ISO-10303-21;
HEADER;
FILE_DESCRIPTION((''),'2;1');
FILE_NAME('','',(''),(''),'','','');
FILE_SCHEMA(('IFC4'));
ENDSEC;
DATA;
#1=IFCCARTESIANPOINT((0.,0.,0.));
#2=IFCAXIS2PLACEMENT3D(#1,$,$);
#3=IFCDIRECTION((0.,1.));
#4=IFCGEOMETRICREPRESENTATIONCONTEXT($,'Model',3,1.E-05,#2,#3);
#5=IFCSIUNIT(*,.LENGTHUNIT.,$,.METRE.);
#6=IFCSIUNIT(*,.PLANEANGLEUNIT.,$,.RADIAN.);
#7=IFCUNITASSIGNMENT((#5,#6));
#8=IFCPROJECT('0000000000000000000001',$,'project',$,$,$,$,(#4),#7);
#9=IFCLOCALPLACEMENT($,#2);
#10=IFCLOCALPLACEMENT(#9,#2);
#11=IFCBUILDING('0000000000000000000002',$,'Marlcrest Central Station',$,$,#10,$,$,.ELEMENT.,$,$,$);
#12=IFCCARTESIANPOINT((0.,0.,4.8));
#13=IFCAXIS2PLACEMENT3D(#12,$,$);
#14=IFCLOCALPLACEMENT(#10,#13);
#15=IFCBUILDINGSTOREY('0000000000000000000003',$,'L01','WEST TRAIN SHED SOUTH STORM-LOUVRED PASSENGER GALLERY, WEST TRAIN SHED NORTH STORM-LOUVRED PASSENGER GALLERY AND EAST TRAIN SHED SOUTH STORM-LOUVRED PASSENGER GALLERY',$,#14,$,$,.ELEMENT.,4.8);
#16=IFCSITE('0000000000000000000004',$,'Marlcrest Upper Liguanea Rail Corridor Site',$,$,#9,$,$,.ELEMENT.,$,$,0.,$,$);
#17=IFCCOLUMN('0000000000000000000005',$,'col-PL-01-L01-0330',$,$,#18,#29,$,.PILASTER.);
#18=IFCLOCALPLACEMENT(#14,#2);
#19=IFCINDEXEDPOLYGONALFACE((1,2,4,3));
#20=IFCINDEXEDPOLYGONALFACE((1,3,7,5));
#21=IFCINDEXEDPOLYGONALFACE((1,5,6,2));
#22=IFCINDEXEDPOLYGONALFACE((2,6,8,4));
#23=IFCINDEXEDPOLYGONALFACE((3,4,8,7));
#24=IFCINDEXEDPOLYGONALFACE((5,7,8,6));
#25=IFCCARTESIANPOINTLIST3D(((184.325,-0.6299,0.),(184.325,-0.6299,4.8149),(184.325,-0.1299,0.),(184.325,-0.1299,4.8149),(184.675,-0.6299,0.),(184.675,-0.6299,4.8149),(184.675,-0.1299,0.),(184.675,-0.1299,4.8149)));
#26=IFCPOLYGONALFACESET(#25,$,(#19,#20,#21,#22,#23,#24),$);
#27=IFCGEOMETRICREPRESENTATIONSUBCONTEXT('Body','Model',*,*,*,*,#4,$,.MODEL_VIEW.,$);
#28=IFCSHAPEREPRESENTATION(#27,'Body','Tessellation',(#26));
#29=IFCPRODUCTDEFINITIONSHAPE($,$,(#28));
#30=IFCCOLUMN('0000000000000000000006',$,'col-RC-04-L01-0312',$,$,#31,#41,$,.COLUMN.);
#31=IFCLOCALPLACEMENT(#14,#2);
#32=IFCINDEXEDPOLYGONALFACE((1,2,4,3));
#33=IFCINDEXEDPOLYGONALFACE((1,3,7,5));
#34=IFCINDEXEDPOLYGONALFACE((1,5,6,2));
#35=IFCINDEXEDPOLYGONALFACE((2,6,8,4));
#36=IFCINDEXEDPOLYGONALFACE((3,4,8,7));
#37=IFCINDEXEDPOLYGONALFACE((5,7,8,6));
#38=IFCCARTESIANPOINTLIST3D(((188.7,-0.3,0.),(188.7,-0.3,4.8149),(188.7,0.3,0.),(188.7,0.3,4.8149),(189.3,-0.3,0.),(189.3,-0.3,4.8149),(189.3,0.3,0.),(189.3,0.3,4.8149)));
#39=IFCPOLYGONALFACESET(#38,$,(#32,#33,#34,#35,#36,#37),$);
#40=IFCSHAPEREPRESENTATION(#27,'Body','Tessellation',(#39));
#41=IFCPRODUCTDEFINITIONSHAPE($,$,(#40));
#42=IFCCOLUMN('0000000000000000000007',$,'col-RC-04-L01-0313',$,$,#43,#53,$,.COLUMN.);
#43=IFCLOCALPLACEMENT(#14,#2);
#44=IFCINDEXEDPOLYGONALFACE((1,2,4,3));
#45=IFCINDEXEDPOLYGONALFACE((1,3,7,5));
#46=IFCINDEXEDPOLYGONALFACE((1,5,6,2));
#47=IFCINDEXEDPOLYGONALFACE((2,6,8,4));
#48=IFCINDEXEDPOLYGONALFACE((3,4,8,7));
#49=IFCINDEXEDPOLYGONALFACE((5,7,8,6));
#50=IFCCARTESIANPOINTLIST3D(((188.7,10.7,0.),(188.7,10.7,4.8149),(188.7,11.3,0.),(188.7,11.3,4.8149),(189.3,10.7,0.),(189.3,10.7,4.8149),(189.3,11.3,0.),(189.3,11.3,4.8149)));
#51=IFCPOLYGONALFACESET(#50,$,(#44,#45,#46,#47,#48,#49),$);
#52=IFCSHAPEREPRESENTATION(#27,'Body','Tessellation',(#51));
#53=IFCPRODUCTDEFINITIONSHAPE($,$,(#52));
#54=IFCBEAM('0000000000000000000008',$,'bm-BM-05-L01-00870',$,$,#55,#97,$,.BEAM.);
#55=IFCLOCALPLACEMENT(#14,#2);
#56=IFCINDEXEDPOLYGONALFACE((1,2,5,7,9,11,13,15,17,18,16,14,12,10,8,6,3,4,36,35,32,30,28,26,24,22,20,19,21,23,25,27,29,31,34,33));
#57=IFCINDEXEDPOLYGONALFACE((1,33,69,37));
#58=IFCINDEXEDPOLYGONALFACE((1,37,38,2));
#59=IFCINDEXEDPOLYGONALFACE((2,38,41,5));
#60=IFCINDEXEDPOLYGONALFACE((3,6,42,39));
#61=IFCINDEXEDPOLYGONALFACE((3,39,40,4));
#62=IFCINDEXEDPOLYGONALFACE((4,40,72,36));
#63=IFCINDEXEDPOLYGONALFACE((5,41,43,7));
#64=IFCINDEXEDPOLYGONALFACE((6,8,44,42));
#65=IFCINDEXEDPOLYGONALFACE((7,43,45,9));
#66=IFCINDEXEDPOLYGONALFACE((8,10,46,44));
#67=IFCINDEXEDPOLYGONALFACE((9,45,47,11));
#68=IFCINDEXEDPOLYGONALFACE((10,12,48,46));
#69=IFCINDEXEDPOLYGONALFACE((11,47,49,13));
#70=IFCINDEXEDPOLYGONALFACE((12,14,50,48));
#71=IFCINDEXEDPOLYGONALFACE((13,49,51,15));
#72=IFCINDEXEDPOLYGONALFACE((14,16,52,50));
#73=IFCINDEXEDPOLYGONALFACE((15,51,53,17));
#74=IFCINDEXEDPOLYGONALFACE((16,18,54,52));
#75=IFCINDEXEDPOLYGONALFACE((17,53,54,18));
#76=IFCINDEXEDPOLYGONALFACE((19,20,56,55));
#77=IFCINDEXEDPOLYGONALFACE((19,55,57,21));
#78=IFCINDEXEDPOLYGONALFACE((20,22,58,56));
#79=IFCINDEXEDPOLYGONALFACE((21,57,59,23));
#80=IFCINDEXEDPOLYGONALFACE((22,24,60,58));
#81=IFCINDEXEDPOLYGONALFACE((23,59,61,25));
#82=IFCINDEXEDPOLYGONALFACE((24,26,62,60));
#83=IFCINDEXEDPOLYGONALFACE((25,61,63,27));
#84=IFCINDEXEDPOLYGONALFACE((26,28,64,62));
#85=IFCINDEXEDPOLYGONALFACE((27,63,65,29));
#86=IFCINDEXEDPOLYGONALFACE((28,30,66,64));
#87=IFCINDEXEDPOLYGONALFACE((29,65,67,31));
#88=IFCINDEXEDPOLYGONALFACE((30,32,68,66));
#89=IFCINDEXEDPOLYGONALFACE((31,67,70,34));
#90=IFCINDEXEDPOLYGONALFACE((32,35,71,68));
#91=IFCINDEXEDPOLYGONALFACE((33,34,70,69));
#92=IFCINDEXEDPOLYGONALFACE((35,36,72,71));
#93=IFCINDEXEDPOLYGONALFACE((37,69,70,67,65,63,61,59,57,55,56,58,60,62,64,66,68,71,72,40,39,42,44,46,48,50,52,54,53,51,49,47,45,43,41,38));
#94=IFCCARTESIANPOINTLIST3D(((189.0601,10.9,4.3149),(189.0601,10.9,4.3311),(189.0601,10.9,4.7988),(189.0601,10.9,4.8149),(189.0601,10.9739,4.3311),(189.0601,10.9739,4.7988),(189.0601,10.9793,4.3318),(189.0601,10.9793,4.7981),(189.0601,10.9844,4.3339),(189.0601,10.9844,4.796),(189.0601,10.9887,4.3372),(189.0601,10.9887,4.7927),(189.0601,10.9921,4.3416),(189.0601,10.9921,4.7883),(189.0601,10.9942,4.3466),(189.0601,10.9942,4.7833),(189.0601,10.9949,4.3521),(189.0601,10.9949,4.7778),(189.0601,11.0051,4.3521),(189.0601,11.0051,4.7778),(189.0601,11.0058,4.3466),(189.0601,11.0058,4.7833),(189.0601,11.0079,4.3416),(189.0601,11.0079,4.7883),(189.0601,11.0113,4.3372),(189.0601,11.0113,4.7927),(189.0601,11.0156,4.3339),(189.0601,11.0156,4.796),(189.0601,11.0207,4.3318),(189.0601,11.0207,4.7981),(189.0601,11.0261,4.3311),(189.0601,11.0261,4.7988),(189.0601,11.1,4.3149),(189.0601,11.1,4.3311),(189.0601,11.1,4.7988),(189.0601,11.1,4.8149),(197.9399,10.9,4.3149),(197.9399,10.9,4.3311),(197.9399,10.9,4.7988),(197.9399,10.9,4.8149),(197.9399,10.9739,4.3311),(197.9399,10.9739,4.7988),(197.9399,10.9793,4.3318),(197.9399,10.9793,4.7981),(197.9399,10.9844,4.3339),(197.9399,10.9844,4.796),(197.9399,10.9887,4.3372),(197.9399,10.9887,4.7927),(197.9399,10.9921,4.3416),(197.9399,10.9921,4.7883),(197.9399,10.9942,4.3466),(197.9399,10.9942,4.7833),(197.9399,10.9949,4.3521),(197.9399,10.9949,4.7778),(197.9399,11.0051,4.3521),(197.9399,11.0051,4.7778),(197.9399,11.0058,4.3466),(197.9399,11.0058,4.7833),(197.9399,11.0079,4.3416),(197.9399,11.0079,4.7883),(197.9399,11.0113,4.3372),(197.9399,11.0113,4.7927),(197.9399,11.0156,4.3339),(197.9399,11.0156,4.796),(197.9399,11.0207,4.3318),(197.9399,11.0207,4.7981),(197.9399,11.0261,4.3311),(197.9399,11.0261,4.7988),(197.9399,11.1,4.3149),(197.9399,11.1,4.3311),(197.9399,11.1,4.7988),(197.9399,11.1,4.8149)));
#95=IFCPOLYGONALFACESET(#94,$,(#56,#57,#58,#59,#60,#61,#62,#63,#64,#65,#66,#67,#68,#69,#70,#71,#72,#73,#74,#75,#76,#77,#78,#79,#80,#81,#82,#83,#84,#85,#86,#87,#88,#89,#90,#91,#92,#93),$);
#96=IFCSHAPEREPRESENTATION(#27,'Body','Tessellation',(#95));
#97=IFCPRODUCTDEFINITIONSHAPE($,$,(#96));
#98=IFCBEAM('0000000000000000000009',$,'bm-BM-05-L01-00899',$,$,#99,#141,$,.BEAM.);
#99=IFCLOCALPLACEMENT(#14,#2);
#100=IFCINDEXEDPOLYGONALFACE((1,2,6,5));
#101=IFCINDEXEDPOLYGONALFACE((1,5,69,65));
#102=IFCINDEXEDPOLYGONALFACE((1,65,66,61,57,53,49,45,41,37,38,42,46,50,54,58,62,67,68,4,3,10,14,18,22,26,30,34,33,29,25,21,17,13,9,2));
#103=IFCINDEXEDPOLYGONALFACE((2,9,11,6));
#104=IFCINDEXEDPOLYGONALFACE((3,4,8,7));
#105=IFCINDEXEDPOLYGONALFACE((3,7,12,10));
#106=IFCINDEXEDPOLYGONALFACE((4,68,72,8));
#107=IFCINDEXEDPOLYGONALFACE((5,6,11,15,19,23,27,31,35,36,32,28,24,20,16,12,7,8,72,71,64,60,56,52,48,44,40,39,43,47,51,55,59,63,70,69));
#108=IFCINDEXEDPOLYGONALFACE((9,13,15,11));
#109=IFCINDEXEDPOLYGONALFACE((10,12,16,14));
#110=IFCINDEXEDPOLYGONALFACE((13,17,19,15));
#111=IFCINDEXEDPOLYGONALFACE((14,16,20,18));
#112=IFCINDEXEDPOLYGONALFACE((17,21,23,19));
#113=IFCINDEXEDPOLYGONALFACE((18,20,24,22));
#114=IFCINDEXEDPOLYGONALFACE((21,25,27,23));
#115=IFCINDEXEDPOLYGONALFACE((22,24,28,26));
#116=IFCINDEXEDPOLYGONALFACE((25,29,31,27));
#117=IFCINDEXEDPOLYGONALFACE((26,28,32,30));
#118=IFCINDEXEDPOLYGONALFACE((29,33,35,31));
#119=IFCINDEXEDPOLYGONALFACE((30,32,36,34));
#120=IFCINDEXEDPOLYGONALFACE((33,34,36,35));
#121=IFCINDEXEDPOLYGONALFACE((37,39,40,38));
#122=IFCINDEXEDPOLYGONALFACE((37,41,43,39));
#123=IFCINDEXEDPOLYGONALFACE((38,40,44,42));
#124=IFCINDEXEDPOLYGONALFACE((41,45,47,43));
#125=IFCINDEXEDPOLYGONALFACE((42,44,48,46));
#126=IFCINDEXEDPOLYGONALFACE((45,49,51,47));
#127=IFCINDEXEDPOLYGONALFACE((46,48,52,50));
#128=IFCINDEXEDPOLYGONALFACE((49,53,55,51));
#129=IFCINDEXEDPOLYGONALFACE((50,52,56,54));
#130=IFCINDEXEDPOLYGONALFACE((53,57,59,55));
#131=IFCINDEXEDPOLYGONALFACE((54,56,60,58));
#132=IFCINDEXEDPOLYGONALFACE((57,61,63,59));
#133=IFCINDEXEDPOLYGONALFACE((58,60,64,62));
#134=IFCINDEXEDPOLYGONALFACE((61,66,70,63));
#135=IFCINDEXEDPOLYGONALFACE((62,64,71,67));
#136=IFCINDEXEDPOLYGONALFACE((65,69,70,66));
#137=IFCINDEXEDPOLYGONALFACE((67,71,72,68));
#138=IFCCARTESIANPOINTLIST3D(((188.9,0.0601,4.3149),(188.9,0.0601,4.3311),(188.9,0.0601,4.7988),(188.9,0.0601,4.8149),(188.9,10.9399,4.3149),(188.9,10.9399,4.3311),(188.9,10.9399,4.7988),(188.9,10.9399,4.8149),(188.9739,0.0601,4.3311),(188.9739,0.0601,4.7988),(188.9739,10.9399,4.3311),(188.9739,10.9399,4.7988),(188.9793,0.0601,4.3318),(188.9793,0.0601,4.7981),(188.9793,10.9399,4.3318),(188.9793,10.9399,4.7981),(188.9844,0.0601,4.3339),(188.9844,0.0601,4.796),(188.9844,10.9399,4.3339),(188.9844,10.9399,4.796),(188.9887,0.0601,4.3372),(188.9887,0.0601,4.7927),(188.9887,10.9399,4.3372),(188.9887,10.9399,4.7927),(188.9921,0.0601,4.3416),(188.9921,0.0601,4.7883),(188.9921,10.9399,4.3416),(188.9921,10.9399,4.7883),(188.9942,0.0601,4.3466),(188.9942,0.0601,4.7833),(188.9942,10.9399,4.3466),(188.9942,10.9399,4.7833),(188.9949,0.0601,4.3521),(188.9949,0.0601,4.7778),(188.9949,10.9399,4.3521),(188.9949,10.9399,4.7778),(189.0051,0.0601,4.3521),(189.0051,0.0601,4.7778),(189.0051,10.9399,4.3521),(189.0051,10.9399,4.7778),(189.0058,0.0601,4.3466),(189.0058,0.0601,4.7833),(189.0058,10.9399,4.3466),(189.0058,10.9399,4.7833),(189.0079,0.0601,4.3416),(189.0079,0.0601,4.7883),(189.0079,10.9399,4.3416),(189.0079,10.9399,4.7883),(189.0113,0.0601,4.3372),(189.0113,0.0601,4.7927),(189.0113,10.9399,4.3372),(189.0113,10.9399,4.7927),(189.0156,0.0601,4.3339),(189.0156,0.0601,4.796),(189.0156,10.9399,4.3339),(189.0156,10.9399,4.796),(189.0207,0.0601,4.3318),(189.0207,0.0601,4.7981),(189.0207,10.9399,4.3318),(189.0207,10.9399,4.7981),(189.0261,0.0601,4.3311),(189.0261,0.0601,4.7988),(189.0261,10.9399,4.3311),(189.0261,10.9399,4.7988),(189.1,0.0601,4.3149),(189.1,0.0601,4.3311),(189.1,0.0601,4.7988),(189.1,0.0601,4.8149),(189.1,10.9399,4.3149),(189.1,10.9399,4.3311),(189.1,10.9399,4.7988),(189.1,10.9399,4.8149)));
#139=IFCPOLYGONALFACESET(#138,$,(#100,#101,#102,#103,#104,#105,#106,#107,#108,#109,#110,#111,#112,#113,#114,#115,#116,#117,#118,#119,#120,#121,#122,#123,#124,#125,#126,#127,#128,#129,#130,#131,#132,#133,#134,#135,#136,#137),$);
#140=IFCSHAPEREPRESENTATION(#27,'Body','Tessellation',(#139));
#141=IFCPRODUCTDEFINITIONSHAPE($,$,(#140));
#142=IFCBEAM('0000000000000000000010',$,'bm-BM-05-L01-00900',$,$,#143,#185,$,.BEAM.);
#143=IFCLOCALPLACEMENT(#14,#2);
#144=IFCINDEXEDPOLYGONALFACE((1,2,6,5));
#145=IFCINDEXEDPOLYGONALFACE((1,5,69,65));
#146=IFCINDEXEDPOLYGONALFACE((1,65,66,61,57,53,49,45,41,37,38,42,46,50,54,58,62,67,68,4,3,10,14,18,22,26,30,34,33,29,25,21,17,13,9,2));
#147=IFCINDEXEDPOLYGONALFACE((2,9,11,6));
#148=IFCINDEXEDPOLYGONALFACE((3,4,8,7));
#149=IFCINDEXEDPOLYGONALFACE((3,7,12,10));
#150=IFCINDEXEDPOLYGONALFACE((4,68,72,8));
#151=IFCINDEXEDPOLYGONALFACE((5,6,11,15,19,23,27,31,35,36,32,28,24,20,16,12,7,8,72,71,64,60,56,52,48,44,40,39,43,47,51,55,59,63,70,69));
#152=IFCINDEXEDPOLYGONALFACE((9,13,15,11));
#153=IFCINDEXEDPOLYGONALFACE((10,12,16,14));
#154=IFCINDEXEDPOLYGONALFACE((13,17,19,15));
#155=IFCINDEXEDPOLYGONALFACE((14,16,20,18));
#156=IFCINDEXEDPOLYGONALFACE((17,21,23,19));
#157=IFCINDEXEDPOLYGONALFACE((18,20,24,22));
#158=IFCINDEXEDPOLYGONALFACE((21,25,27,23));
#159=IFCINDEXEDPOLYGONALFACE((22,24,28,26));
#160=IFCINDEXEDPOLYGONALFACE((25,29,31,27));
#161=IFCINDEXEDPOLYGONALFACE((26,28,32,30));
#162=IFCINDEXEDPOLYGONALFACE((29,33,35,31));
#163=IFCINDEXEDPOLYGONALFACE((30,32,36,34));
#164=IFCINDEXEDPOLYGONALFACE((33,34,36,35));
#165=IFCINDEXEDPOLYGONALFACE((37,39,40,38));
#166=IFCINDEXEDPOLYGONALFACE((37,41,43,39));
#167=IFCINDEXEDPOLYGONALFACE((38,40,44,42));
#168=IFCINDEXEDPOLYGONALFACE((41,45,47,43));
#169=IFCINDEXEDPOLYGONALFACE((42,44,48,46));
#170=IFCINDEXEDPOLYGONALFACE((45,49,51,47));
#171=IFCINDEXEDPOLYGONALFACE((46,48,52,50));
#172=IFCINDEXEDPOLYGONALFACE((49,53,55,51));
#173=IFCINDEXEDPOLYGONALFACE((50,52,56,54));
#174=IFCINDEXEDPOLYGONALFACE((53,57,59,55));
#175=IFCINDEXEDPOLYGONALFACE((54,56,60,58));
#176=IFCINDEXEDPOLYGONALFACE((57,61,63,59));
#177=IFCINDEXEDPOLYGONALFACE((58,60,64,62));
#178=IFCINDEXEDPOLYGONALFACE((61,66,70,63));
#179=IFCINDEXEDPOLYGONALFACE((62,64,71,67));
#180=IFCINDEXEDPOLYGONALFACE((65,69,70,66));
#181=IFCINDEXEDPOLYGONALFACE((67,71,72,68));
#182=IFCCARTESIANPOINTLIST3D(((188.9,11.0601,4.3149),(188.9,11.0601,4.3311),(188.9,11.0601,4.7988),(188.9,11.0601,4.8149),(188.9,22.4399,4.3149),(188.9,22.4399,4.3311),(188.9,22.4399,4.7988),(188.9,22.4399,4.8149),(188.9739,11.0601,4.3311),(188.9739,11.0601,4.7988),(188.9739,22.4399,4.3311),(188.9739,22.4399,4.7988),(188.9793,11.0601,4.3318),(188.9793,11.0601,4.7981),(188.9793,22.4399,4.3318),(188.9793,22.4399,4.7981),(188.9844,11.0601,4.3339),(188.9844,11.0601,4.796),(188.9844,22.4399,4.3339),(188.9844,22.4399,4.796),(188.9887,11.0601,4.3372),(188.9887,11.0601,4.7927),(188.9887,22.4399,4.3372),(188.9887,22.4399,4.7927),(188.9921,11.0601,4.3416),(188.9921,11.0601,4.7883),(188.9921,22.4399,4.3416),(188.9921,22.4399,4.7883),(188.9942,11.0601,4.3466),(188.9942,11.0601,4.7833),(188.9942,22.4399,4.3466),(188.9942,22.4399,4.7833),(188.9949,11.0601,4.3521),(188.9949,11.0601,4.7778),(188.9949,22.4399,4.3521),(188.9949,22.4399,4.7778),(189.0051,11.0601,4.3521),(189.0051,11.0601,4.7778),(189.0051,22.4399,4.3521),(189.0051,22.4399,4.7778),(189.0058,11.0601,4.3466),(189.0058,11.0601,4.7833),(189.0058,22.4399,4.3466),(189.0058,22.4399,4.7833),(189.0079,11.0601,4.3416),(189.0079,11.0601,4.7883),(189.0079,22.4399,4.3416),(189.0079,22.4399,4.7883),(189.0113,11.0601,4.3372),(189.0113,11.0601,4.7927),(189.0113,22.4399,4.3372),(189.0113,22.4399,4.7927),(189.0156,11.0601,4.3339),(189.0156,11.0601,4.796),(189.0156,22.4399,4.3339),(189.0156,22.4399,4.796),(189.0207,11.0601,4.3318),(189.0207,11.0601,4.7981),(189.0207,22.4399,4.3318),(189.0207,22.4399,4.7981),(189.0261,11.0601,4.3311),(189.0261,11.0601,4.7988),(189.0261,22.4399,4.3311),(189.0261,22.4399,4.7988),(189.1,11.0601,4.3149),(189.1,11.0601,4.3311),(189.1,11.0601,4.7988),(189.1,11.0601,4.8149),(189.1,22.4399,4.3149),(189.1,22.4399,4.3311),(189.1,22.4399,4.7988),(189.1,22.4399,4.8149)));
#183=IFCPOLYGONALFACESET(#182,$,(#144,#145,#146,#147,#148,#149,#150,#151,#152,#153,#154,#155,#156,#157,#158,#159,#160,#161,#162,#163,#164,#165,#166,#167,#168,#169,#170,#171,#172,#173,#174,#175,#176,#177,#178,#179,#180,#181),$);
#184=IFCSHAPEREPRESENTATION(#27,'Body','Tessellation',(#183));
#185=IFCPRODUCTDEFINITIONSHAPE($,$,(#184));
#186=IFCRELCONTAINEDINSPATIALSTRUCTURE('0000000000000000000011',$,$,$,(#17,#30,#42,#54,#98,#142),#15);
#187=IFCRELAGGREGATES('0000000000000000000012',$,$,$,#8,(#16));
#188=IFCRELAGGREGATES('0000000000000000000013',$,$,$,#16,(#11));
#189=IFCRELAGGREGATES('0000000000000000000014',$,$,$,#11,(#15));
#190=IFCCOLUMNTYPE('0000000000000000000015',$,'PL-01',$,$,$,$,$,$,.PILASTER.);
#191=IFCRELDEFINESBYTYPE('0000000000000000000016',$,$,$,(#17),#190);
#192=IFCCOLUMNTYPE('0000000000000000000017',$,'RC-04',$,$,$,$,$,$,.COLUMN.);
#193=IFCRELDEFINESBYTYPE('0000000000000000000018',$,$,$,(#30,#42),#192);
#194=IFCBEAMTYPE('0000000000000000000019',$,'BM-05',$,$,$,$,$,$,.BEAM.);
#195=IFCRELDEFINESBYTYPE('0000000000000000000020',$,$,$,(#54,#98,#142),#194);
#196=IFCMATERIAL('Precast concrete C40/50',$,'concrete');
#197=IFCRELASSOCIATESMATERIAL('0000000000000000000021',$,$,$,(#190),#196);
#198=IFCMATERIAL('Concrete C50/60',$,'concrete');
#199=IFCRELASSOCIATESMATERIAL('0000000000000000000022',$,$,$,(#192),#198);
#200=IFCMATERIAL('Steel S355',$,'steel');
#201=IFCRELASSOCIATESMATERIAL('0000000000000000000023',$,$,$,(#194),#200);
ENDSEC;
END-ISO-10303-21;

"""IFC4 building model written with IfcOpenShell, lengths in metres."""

from ifc_helpers import new_model, si_unit, direction, frame, origin, origin_2d, place, context, subcontext, project, spatial, rectangle, i_section, extrude, material, material_profile, profile_set, type_object, element, save


model = new_model("IFC4")

# Units and contexts
model_context = context("Model", 3, precision=1e-05, world=origin(), true_north=direction((0.0, 1.0)))
body_context = subcontext(model_context, "Body", "Model", "MODEL_VIEW")
ifc_project = project(units=[si_unit("LENGTHUNIT", "METRE"), si_unit("PLANEANGLEUNIT", "RADIAN")], contexts=[model_context])

# Site, building, storey
site_placement = place(None, origin())
site = spatial("IfcSite", under=ifc_project, at=site_placement, Name="Marlcrest Upper Liguanea Rail Corridor Site", CompositionType="ELEMENT", RefElevation=0.0)
building_placement = place(site_placement, origin())
building = spatial("IfcBuilding", under=site, at=building_placement, Name="Marlcrest Central Station", CompositionType="ELEMENT")
storey_placement = place(building_placement, frame((0.0, 0.0, 4.8)))
storey = spatial("IfcBuildingStorey", under=building, at=storey_placement, Name="L01", Description="WEST TRAIN SHED SOUTH STORM-LOUVRED PASSENGER GALLERY, WEST TRAIN SHED NORTH STORM-LOUVRED PASSENGER GALLERY AND EAST TRAIN SHED SOUTH STORM-LOUVRED PASSENGER GALLERY", CompositionType="ELEMENT", Elevation=4.8)

# Columns
ifc_material_1 = material(Name="Precast concrete C40/50", Category="concrete")
ifc_material_profile_1 = material_profile(ifc_material_1, rectangle(XDim=0.3501, YDim=0.5, at=origin_2d()), Name="PIL 350x500")
ifc_profile_set_1 = profile_set([ifc_material_profile_1], Name="Precast concrete C40/50")
column_type_1 = type_object("IfcColumnType", Name="PL-01", PredefinedType="PILASTER", material=ifc_profile_set_1)
column_placement = place(storey_placement, frame((184.5, -0.3799, 0.0), z_axis=(0.0, 0.0, 1.0), x_axis=(1.0, 0.0, 0.0)))
element("IfcColumn", 1, at=column_placement, inside=storey, type_object=column_type_1, Name="col-PL-01-L01-0330", PredefinedType="PILASTER", context=body_context, shape_type="SweptSolid", body=[
    extrude(rectangle(XDim=0.3501, YDim=0.5, at=origin_2d()), origin(), (0.0, 0.0, 1.0), 4.8149),
])
ifc_material_2 = material(Name="Concrete C50/60", Category="concrete")
ifc_material_profile_2 = material_profile(ifc_material_2, rectangle(XDim=0.6001, YDim=0.6001, at=origin_2d()), Name="RC 600x600")
ifc_profile_set_2 = profile_set([ifc_material_profile_2], Name="Concrete C50/60")
column_type_2 = type_object("IfcColumnType", Name="RC-04", PredefinedType="COLUMN", material=ifc_profile_set_2)
for number, where, z_axis, x_axis, name in (
    (2, (189.0, 0.0, 0.0), (0.0, 0.0, 1.0), (1.0, 0.0, 0.0), "col-RC-04-L01-0312"),
    (3, (189.0, 11.0, 0.0), (0.0, 0.0, 1.0), (1.0, 0.0, 0.0), "col-RC-04-L01-0313"),
):
    element("IfcColumn", number, at=place(storey_placement, frame(where, z_axis=z_axis, x_axis=x_axis)), inside=storey, type_object=column_type_2, Name=name, PredefinedType="COLUMN", context=body_context, shape_type="SweptSolid", body=[
        extrude(rectangle(XDim=0.6001, YDim=0.6001, at=origin_2d()), origin(), (0.0, 0.0, 1.0), 4.8149),
    ])

# Beams
ifc_material_3 = material(Name="Steel S355", Category="steel")
ifc_material_profile_3 = material_profile(ifc_material_3, i_section(OverallWidth=0.2, OverallDepth=0.5, WebThickness=0.0103, FlangeThickness=0.0161, FilletRadius=0.021, at=origin_2d()), Name="IPE 500")
ifc_profile_set_3 = profile_set([ifc_material_profile_3], Name="Steel S355")
beam_type_1 = type_object("IfcBeamType", Name="BM-05", PredefinedType="BEAM", material=ifc_profile_set_3)
beam_1_placement = place(storey_placement, frame((189.0601, 11.0, 4.5649), z_axis=(1.0, 0.0, 0.0), x_axis=(0.0, 1.0, 0.0)))
element("IfcBeam", 4, at=beam_1_placement, inside=storey, type_object=beam_type_1, Name="bm-BM-05-L01-00870", PredefinedType="BEAM", context=body_context, shape_type="SweptSolid", body=[
    extrude(i_section(OverallWidth=0.2, OverallDepth=0.5, WebThickness=0.0103, FlangeThickness=0.0161, FilletRadius=0.021, at=origin_2d()), origin(), (0.0, 0.0, 1.0), 8.8799),
])
beam_2_placement = place(storey_placement, frame((189.0, 0.0601, 4.5649), z_axis=(0.0, 1.0, 0.0), x_axis=(-1.0, 0.0, 0.0)))
element("IfcBeam", 5, at=beam_2_placement, inside=storey, type_object=beam_type_1, Name="bm-BM-05-L01-00899", PredefinedType="BEAM", context=body_context, shape_type="SweptSolid", body=[
    extrude(i_section(OverallWidth=0.2, OverallDepth=0.5, WebThickness=0.0103, FlangeThickness=0.0161, FilletRadius=0.021, at=origin_2d()), origin(), (0.0, 0.0, 1.0), 10.8799),
])
beam_3_placement = place(storey_placement, frame((189.0, 11.0601, 4.5649), z_axis=(0.0, 1.0, 0.0), x_axis=(-1.0, 0.0, 0.0)))
element("IfcBeam", 6, at=beam_3_placement, inside=storey, type_object=beam_type_1, Name="bm-BM-05-L01-00900", PredefinedType="BEAM", context=body_context, shape_type="SweptSolid", body=[
    extrude(i_section(OverallWidth=0.2, OverallDepth=0.5, WebThickness=0.0103, FlangeThickness=0.0161, FilletRadius=0.021, at=origin_2d()), origin(), (0.0, 0.0, 1.0), 11.3799),
])

save(model, "model.ifc")
